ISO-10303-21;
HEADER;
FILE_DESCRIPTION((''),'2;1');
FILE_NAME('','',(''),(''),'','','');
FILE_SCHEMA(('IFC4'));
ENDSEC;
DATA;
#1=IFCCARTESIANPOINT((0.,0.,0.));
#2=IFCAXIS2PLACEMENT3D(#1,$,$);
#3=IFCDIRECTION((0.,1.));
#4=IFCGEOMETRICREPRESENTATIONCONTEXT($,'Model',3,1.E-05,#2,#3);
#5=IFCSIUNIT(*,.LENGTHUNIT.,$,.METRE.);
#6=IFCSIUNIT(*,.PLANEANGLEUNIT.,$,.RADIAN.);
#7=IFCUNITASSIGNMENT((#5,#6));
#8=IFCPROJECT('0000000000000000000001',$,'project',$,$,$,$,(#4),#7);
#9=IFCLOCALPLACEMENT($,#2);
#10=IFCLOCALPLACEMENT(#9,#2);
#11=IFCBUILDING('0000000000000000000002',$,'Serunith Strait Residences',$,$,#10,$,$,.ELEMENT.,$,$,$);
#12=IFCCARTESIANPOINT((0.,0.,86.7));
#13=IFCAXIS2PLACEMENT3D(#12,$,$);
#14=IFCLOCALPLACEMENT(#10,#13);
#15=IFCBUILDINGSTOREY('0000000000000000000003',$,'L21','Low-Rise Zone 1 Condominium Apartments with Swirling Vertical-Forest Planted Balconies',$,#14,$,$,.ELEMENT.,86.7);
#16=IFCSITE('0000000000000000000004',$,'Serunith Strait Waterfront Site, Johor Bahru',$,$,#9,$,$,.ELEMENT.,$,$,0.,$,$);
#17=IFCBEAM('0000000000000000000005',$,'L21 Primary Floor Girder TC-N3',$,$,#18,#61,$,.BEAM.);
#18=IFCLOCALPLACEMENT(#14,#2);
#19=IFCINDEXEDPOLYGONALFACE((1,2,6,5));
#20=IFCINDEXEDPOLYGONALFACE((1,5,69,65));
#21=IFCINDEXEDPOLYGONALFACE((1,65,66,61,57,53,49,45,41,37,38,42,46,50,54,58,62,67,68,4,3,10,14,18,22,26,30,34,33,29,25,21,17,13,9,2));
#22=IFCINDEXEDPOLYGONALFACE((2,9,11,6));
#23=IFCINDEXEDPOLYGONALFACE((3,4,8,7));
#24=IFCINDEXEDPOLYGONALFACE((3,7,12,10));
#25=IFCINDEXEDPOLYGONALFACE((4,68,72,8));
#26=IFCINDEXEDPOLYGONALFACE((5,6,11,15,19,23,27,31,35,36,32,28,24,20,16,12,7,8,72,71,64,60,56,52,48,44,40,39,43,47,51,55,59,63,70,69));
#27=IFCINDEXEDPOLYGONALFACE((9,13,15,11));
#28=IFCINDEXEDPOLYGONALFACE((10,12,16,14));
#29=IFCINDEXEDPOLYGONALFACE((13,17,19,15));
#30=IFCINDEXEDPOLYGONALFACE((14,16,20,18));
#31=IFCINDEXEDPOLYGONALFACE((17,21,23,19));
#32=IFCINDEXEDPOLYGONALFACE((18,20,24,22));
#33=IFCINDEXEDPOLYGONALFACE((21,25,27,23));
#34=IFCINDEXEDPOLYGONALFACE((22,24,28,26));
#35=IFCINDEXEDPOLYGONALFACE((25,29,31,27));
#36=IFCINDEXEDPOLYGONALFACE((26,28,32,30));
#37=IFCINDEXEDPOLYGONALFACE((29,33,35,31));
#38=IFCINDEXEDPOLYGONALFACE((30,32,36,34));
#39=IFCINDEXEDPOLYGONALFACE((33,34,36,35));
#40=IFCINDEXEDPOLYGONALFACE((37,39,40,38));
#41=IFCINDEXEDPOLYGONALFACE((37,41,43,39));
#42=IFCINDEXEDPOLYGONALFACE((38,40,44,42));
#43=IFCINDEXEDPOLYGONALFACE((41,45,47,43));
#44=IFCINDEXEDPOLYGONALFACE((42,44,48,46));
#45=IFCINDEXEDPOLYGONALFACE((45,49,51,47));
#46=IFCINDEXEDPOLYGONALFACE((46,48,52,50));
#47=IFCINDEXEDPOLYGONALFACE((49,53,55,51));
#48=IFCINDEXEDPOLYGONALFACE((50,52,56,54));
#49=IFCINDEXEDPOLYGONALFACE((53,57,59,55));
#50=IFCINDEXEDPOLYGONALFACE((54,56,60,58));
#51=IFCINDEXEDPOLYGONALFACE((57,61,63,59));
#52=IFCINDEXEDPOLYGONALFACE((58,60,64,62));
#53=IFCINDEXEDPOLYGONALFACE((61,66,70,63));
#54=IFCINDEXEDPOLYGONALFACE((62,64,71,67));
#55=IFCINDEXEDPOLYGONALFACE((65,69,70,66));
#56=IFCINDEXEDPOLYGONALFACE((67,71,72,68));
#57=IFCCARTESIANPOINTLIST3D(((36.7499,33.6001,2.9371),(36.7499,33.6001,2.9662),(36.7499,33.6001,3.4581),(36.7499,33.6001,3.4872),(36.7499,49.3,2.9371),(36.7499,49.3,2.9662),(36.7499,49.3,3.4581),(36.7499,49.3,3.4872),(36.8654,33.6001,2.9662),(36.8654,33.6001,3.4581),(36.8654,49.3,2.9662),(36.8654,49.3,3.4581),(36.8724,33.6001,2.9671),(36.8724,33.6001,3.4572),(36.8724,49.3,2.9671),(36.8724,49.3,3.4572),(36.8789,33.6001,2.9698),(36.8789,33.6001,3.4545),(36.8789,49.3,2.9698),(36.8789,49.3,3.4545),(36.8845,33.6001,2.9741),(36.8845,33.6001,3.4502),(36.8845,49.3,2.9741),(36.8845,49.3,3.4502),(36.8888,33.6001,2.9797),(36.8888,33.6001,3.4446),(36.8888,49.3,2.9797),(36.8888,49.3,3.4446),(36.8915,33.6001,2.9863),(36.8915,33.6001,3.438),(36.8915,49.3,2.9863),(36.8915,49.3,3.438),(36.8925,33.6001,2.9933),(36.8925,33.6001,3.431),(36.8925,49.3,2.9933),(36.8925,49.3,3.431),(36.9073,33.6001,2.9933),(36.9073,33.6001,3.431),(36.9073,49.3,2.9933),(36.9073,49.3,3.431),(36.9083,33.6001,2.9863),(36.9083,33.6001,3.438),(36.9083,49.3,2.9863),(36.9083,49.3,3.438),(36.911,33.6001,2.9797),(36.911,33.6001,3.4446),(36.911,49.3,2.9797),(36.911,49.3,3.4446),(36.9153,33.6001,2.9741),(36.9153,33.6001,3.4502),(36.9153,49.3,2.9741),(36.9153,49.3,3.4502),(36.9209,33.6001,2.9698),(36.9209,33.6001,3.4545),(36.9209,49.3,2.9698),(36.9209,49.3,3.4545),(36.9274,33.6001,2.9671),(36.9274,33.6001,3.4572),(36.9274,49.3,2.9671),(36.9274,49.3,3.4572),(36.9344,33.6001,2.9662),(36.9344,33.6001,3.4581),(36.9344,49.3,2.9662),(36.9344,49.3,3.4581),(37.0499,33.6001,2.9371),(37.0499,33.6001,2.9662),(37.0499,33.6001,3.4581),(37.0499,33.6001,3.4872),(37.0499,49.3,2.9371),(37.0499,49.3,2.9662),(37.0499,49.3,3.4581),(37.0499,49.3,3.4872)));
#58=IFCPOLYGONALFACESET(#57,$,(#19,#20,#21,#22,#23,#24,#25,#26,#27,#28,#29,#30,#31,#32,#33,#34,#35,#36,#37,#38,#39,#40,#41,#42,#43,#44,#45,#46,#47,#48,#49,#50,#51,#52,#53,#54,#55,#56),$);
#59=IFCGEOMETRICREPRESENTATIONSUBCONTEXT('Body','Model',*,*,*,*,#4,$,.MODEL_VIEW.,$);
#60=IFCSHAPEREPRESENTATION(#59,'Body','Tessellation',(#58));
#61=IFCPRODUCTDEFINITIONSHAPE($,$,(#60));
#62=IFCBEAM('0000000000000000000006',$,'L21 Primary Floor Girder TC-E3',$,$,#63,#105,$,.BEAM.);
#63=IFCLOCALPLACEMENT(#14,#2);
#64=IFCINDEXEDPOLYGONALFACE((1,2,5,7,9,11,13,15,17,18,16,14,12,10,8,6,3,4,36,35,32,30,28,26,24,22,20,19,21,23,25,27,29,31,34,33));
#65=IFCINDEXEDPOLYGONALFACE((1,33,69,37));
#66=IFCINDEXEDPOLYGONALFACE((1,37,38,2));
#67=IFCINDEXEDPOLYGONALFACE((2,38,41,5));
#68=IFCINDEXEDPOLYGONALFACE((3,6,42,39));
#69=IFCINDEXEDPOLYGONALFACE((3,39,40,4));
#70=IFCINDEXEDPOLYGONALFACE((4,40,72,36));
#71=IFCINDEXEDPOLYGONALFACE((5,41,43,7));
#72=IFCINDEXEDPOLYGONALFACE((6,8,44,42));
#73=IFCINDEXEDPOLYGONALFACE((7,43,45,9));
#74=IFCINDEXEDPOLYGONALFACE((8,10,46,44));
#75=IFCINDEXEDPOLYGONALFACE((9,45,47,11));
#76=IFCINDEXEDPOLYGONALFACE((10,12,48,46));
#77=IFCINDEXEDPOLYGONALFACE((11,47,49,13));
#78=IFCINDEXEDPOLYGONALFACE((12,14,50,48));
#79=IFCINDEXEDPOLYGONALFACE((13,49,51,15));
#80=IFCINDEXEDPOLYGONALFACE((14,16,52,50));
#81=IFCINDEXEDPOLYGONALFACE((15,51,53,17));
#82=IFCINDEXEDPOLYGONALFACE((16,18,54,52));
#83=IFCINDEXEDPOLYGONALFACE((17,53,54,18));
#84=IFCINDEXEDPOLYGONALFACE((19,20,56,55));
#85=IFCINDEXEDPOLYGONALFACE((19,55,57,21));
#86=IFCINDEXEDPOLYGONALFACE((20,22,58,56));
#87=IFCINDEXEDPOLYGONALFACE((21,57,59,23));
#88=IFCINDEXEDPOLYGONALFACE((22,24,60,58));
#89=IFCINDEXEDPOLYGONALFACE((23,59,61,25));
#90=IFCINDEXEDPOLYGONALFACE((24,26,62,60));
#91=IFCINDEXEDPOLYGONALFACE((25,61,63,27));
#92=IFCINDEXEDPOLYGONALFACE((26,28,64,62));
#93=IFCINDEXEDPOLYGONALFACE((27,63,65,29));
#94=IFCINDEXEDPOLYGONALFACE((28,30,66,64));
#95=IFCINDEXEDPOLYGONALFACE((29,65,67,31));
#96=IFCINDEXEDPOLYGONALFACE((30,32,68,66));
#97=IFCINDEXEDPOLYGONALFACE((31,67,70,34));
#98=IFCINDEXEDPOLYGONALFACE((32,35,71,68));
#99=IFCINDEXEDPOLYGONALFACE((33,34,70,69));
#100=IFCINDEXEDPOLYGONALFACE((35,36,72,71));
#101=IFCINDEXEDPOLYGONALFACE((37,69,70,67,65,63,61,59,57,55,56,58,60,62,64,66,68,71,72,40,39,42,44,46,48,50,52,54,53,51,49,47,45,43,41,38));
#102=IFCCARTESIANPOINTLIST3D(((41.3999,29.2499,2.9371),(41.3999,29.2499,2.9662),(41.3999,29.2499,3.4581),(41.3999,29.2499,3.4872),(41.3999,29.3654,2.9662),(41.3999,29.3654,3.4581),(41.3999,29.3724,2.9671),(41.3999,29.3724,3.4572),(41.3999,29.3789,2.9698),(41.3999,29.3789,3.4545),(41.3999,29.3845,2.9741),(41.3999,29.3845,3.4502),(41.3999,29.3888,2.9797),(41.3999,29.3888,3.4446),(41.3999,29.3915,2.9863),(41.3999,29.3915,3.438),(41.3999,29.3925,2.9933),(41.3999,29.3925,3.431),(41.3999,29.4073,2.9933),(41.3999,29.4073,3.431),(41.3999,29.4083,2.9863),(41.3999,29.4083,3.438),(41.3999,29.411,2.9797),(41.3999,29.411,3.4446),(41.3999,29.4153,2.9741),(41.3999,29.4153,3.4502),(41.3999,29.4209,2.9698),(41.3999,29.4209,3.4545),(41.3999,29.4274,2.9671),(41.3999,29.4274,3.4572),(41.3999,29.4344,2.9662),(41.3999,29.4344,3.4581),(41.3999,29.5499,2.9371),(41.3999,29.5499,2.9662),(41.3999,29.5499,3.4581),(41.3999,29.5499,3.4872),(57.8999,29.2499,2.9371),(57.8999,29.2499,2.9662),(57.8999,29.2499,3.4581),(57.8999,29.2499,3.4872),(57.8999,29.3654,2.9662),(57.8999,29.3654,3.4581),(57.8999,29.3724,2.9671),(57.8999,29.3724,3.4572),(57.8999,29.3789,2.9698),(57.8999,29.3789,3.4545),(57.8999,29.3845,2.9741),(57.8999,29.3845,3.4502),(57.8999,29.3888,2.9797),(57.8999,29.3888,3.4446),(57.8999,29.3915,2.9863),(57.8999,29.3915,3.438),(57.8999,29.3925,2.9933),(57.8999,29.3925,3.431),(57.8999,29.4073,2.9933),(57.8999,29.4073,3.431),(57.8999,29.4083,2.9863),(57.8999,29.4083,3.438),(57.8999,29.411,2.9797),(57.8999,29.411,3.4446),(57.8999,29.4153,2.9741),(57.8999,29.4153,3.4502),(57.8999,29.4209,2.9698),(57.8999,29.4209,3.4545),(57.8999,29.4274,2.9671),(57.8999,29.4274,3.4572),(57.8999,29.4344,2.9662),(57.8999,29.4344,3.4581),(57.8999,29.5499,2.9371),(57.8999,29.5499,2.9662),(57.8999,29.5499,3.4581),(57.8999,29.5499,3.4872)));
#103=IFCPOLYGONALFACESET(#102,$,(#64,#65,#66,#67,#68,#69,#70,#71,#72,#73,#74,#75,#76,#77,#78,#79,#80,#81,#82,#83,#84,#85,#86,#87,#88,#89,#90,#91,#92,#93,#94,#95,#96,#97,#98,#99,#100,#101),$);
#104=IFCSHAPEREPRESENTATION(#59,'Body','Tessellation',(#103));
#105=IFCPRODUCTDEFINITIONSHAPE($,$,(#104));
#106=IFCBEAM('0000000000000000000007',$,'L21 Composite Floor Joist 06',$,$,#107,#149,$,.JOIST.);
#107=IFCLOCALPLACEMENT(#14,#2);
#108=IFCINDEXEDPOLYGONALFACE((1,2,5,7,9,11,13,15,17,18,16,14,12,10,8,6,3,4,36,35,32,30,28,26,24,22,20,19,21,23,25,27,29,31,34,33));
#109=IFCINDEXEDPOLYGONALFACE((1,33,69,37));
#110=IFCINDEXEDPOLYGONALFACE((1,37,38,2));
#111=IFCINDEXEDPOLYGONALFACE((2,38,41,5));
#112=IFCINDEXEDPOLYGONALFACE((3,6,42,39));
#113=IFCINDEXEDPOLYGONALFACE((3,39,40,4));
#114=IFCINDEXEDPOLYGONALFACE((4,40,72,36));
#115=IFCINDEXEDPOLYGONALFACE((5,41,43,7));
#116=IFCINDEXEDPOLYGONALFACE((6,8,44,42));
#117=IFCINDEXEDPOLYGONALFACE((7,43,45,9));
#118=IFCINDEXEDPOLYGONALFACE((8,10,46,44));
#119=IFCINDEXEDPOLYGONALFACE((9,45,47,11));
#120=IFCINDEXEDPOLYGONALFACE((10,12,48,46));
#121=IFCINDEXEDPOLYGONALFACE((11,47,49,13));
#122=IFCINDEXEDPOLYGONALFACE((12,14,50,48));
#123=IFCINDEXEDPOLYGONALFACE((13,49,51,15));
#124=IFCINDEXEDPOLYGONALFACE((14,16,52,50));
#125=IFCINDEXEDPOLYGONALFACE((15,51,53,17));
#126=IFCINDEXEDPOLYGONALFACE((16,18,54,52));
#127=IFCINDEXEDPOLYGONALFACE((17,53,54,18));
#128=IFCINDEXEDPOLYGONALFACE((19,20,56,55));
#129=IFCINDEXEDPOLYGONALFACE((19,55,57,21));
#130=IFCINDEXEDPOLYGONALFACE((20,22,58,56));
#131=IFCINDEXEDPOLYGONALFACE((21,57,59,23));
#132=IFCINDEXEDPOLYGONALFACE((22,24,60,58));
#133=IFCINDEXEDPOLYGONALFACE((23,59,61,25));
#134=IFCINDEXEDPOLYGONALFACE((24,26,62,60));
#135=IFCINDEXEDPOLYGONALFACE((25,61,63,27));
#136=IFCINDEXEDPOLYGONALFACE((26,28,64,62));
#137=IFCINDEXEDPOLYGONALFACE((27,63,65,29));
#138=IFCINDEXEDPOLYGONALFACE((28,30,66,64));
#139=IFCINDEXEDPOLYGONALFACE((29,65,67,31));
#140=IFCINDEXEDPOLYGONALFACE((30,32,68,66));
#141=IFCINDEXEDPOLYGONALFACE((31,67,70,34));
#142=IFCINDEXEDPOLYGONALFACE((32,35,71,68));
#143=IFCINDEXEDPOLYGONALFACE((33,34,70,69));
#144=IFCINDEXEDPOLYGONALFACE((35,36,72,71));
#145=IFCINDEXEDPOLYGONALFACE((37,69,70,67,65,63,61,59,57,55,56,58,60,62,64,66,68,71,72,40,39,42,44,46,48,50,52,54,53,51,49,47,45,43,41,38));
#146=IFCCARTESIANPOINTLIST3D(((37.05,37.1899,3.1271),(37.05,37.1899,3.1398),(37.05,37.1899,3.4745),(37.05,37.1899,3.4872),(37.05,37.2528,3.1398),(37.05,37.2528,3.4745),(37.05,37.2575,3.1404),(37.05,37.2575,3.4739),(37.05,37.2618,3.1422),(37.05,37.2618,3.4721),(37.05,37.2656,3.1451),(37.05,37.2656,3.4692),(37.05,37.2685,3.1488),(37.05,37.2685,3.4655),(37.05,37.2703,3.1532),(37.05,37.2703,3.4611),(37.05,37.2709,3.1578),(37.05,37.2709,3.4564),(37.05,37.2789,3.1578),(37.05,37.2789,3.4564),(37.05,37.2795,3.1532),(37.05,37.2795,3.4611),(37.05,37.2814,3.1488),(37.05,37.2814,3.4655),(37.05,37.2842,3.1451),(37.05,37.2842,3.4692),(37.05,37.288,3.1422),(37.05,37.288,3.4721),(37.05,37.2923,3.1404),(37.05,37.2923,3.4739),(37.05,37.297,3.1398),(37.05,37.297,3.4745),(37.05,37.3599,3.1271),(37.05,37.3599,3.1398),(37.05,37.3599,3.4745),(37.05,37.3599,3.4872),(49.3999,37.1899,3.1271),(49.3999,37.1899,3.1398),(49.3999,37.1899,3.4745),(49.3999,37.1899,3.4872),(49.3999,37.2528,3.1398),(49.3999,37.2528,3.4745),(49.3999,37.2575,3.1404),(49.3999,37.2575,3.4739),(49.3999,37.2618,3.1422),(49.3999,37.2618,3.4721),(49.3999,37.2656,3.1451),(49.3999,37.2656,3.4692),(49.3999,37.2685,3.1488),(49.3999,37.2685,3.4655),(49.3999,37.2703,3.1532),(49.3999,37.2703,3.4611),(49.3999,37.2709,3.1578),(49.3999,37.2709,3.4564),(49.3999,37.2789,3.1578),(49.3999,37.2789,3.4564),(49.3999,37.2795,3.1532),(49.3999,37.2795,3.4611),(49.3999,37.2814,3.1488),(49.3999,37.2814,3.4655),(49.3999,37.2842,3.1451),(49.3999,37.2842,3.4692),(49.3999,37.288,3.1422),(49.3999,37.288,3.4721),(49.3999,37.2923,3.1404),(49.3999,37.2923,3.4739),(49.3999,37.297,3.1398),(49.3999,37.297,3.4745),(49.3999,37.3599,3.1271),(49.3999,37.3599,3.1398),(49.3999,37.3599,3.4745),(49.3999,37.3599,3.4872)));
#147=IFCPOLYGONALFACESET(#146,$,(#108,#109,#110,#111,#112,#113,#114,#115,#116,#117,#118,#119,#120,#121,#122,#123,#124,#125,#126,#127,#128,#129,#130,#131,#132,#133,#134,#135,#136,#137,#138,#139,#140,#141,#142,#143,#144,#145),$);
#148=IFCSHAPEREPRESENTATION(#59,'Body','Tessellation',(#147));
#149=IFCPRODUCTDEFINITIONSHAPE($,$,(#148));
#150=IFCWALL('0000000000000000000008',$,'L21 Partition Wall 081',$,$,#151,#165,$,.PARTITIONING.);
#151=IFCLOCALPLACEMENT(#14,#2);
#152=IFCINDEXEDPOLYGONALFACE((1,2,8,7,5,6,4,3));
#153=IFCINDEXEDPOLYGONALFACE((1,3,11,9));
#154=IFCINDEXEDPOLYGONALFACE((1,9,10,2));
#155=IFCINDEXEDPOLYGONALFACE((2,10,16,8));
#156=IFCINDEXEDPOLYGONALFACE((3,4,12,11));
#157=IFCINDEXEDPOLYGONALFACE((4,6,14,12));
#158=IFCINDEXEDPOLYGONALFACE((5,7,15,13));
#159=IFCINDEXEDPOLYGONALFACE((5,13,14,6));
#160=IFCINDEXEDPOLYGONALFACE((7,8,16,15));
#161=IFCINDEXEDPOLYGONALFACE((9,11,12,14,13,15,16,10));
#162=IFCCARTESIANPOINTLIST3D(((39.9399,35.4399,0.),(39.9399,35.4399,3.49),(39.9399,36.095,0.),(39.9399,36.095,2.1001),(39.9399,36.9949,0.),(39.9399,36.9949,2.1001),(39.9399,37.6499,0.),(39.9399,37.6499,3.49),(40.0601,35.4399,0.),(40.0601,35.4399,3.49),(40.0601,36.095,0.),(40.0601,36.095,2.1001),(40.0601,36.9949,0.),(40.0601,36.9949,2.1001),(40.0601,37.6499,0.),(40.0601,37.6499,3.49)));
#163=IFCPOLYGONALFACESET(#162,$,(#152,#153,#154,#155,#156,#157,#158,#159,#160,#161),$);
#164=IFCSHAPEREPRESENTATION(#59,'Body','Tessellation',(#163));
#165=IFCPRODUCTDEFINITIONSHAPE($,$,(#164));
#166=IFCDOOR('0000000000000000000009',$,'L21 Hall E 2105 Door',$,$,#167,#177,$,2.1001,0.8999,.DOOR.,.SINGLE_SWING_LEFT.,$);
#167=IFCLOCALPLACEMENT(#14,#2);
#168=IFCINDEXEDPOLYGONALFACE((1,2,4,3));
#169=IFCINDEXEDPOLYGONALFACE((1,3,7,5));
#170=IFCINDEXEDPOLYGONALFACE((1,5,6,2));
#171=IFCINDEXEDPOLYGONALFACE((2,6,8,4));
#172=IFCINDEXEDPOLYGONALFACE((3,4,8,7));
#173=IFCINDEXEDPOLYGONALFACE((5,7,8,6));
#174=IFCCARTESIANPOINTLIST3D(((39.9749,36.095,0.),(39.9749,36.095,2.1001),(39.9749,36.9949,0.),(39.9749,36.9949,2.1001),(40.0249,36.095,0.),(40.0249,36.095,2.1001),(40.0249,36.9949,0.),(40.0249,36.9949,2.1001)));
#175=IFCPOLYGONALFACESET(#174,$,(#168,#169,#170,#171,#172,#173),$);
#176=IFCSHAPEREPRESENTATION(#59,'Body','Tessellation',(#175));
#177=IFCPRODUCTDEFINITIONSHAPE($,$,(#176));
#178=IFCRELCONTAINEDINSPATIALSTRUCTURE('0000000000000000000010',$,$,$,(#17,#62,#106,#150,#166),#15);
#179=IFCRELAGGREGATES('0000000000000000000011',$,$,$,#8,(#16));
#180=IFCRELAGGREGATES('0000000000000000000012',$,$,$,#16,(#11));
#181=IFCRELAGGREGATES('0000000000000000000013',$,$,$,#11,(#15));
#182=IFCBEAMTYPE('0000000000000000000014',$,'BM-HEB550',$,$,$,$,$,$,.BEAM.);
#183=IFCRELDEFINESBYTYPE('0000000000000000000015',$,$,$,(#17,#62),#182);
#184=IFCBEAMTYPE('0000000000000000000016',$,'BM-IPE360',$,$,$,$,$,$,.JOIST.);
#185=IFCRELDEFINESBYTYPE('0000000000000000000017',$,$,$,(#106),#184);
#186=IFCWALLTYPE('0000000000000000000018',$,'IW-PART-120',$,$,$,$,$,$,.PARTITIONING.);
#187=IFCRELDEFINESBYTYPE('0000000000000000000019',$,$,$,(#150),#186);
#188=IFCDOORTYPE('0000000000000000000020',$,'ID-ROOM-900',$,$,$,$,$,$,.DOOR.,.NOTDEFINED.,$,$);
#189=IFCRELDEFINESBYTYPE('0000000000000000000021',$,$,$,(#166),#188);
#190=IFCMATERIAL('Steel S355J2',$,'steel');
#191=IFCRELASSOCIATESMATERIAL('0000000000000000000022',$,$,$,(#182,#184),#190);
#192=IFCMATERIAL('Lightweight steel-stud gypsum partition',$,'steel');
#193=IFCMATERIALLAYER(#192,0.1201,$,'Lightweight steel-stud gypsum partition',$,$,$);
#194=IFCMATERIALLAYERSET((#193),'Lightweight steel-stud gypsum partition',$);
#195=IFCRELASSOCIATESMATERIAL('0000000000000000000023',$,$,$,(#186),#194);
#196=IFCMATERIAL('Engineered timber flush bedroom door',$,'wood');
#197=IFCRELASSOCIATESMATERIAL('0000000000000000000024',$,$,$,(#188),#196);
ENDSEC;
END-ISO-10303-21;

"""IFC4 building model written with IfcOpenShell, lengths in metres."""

from ifc_helpers import new_model, si_unit, direction, frame, frame_2d, origin, origin_2d, place, context, subcontext, project, spatial, rectangle, i_section, extrude, source, transform, mapped, material, layer, layer_set, material_profile, profile_set, type_object, element, fill, save


model = new_model("IFC4")

# Units and contexts
model_context = context("Model", 3, precision=1e-05, world=origin(), true_north=direction((0.0, 1.0)))
body_context = subcontext(model_context, "Body", "Model", "MODEL_VIEW")
ifc_project = project(units=[si_unit("LENGTHUNIT", "METRE"), si_unit("PLANEANGLEUNIT", "RADIAN")], contexts=[model_context])

# Site, building, storey
site_placement = place(None, origin())
site = spatial("IfcSite", under=ifc_project, at=site_placement, Name="Serunith Strait Waterfront Site, Johor Bahru", CompositionType="ELEMENT", RefElevation=0.0)
building_placement = place(site_placement, origin())
building = spatial("IfcBuilding", under=site, at=building_placement, Name="Serunith Strait Residences", CompositionType="ELEMENT")
storey_placement = place(building_placement, frame((0.0, 0.0, 86.7)))
storey = spatial("IfcBuildingStorey", under=building, at=storey_placement, Name="L21", Description="Low-Rise Zone 1 Condominium Apartments with Swirling Vertical-Forest Planted Balconies", CompositionType="ELEMENT", Elevation=86.7)

# Beams
ifc_material_1 = material(Name="Steel S355J2", Category="steel")
ifc_material_profile_1 = material_profile(ifc_material_1, i_section(OverallWidth=0.3, OverallDepth=0.55, WebThickness=0.0149, FlangeThickness=0.0291, FilletRadius=0.0271, at=origin_2d()), Name="HEB 550")
ifc_profile_set_1 = profile_set([ifc_material_profile_1], Name="Steel S355J2")
beam_type_1 = type_object("IfcBeamType", Name="BM-HEB550", PredefinedType="BEAM", material=ifc_profile_set_1)
shared_shape_1 = source(origin(), body_context, "Body", "SweptSolid", [
    extrude(i_section(OverallWidth=0.3, OverallDepth=0.55, WebThickness=0.0149, FlangeThickness=0.0291, FilletRadius=0.0271, at=origin_2d()), origin(), (0.0, 0.0, 1.0), 15.7),
])
beam_1_placement = place(storey_placement, frame((36.8999, 33.6001, 3.2122), z_axis=(0.0, 1.0, 0.0), x_axis=(-1.0, 0.0, 0.0)))
element("IfcBeam", 1, at=beam_1_placement, inside=storey, type_object=beam_type_1, Name="L21 Primary Floor Girder TC-N3", PredefinedType="BEAM", context=body_context, shape_type="MappedRepresentation", body=[
    mapped(shared_shape_1, transform((0.0, 0.0, 0.0), scale=1.0)),
])
shared_shape_2 = source(origin(), body_context, "Body", "SweptSolid", [
    extrude(i_section(OverallWidth=0.3, OverallDepth=0.55, WebThickness=0.0149, FlangeThickness=0.0291, FilletRadius=0.0271, at=origin_2d()), origin(), (0.0, 0.0, 1.0), 16.5),
])
beam_2_placement = place(storey_placement, frame((41.3999, 29.3999, 3.2122), z_axis=(1.0, 0.0, 0.0), x_axis=(0.0, 1.0, 0.0)))
element("IfcBeam", 2, at=beam_2_placement, inside=storey, type_object=beam_type_1, Name="L21 Primary Floor Girder TC-E3", PredefinedType="BEAM", context=body_context, shape_type="MappedRepresentation", body=[
    mapped(shared_shape_2, transform((0.0, 0.0, 0.0), scale=1.0)),
])
ifc_material_profile_2 = material_profile(ifc_material_1, i_section(OverallWidth=0.1699, OverallDepth=0.3601, WebThickness=0.0081, FlangeThickness=0.0127, FilletRadius=0.0181, at=origin_2d()), Name="IPE 360")
ifc_profile_set_2 = profile_set([ifc_material_profile_2], Name="Steel S355J2")
beam_type_2 = type_object("IfcBeamType", Name="BM-IPE360", PredefinedType="JOIST", material=ifc_profile_set_2)
shared_shape_3 = source(origin(), body_context, "Body", "SweptSolid", [
    extrude(i_section(OverallWidth=0.1699, OverallDepth=0.3601, WebThickness=0.0081, FlangeThickness=0.0127, FilletRadius=0.0181, at=origin_2d()), origin(), (0.0, 0.0, 1.0), 12.3499),
])
beam_3_placement = place(storey_placement, frame((37.05, 37.2749, 3.3071), z_axis=(1.0, 0.0, 0.0), x_axis=(0.0, 1.0, 0.0)))
element("IfcBeam", 3, at=beam_3_placement, inside=storey, type_object=beam_type_2, Name="L21 Composite Floor Joist 06", PredefinedType="JOIST", context=body_context, shape_type="MappedRepresentation", body=[
    mapped(shared_shape_3, transform((0.0, 0.0, 0.0), scale=1.0)),
])

# Wall, opening, door
ifc_material_2 = material(Name="Lightweight steel-stud gypsum partition", Category="steel")
ifc_layer_1 = layer(ifc_material_2, 0.1201, Name="Lightweight steel-stud gypsum partition")
ifc_layer_set_1 = layer_set([ifc_layer_1], Name="Lightweight steel-stud gypsum partition")
wall_type_1 = type_object("IfcWallType", Name="IW-PART-120", PredefinedType="PARTITIONING", material=ifc_layer_set_1)
wall_1_placement = place(storey_placement, frame((40.0, 37.6499, 0.0), z_axis=(0.0, 0.0, 1.0), x_axis=(0.0, -1.0, 0.0)))
wall_1 = element("IfcWall", 4, at=wall_1_placement, inside=storey, type_object=wall_type_1, Name="L21 Partition Wall 081", PredefinedType="PARTITIONING", context=body_context, shape_type="SweptSolid", body=[
    extrude(rectangle(XDim=2.21, YDim=0.1201, at=frame_2d((1.105, 0.0))), origin(), (0.0, 0.0, 1.0), 3.49),
])
opening_1_placement = place(wall_1_placement, frame((0.655, 0.0, 0.0)))
opening_1 = element("IfcOpeningElement", 5, at=opening_1_placement, cuts=wall_1, PredefinedType="OPENING", context=body_context, shape_type="SweptSolid", body=[
    extrude(rectangle(XDim=0.8999, YDim=2.1001, at=frame_2d((0.45, 1.05))), frame((0.0, 0.0701, 0.0), z_axis=(0.0, -1.0, 0.0), x_axis=(1.0, 0.0, 0.0)), (0.0, 0.0, 1.0), 0.1401),
])
ifc_material_3 = material(Name="Engineered timber flush bedroom door", Category="wood")
door_type_1 = type_object("IfcDoorType", Name="ID-ROOM-900", OperationType="NOTDEFINED", PredefinedType="DOOR", material=ifc_material_3)
shared_shape_4 = source(origin(), body_context, "Body", "SweptSolid", [
    extrude(rectangle(XDim=0.8999, YDim=2.1001, at=frame_2d((0.45, 1.05))), frame((0.0, 0.0249, 0.0), z_axis=(0.0, -1.0, 0.0), x_axis=(1.0, 0.0, 0.0)), (0.0, 0.0, 1.0), 0.05),
])
door_1_placement = place(opening_1_placement, origin())
door_1 = element("IfcDoor", 6, at=door_1_placement, inside=storey, type_object=door_type_1, Name="L21 Hall E 2105 Door", OperationType="SINGLE_SWING_LEFT", OverallHeight=2.1001, OverallWidth=0.8999, PredefinedType="DOOR", context=body_context, shape_type="MappedRepresentation", body=[
    mapped(shared_shape_4, transform((0.0, 0.0, 0.0), scale=1.0)),
])
fill(opening_1, door_1)

save(model, "model.ifc")
